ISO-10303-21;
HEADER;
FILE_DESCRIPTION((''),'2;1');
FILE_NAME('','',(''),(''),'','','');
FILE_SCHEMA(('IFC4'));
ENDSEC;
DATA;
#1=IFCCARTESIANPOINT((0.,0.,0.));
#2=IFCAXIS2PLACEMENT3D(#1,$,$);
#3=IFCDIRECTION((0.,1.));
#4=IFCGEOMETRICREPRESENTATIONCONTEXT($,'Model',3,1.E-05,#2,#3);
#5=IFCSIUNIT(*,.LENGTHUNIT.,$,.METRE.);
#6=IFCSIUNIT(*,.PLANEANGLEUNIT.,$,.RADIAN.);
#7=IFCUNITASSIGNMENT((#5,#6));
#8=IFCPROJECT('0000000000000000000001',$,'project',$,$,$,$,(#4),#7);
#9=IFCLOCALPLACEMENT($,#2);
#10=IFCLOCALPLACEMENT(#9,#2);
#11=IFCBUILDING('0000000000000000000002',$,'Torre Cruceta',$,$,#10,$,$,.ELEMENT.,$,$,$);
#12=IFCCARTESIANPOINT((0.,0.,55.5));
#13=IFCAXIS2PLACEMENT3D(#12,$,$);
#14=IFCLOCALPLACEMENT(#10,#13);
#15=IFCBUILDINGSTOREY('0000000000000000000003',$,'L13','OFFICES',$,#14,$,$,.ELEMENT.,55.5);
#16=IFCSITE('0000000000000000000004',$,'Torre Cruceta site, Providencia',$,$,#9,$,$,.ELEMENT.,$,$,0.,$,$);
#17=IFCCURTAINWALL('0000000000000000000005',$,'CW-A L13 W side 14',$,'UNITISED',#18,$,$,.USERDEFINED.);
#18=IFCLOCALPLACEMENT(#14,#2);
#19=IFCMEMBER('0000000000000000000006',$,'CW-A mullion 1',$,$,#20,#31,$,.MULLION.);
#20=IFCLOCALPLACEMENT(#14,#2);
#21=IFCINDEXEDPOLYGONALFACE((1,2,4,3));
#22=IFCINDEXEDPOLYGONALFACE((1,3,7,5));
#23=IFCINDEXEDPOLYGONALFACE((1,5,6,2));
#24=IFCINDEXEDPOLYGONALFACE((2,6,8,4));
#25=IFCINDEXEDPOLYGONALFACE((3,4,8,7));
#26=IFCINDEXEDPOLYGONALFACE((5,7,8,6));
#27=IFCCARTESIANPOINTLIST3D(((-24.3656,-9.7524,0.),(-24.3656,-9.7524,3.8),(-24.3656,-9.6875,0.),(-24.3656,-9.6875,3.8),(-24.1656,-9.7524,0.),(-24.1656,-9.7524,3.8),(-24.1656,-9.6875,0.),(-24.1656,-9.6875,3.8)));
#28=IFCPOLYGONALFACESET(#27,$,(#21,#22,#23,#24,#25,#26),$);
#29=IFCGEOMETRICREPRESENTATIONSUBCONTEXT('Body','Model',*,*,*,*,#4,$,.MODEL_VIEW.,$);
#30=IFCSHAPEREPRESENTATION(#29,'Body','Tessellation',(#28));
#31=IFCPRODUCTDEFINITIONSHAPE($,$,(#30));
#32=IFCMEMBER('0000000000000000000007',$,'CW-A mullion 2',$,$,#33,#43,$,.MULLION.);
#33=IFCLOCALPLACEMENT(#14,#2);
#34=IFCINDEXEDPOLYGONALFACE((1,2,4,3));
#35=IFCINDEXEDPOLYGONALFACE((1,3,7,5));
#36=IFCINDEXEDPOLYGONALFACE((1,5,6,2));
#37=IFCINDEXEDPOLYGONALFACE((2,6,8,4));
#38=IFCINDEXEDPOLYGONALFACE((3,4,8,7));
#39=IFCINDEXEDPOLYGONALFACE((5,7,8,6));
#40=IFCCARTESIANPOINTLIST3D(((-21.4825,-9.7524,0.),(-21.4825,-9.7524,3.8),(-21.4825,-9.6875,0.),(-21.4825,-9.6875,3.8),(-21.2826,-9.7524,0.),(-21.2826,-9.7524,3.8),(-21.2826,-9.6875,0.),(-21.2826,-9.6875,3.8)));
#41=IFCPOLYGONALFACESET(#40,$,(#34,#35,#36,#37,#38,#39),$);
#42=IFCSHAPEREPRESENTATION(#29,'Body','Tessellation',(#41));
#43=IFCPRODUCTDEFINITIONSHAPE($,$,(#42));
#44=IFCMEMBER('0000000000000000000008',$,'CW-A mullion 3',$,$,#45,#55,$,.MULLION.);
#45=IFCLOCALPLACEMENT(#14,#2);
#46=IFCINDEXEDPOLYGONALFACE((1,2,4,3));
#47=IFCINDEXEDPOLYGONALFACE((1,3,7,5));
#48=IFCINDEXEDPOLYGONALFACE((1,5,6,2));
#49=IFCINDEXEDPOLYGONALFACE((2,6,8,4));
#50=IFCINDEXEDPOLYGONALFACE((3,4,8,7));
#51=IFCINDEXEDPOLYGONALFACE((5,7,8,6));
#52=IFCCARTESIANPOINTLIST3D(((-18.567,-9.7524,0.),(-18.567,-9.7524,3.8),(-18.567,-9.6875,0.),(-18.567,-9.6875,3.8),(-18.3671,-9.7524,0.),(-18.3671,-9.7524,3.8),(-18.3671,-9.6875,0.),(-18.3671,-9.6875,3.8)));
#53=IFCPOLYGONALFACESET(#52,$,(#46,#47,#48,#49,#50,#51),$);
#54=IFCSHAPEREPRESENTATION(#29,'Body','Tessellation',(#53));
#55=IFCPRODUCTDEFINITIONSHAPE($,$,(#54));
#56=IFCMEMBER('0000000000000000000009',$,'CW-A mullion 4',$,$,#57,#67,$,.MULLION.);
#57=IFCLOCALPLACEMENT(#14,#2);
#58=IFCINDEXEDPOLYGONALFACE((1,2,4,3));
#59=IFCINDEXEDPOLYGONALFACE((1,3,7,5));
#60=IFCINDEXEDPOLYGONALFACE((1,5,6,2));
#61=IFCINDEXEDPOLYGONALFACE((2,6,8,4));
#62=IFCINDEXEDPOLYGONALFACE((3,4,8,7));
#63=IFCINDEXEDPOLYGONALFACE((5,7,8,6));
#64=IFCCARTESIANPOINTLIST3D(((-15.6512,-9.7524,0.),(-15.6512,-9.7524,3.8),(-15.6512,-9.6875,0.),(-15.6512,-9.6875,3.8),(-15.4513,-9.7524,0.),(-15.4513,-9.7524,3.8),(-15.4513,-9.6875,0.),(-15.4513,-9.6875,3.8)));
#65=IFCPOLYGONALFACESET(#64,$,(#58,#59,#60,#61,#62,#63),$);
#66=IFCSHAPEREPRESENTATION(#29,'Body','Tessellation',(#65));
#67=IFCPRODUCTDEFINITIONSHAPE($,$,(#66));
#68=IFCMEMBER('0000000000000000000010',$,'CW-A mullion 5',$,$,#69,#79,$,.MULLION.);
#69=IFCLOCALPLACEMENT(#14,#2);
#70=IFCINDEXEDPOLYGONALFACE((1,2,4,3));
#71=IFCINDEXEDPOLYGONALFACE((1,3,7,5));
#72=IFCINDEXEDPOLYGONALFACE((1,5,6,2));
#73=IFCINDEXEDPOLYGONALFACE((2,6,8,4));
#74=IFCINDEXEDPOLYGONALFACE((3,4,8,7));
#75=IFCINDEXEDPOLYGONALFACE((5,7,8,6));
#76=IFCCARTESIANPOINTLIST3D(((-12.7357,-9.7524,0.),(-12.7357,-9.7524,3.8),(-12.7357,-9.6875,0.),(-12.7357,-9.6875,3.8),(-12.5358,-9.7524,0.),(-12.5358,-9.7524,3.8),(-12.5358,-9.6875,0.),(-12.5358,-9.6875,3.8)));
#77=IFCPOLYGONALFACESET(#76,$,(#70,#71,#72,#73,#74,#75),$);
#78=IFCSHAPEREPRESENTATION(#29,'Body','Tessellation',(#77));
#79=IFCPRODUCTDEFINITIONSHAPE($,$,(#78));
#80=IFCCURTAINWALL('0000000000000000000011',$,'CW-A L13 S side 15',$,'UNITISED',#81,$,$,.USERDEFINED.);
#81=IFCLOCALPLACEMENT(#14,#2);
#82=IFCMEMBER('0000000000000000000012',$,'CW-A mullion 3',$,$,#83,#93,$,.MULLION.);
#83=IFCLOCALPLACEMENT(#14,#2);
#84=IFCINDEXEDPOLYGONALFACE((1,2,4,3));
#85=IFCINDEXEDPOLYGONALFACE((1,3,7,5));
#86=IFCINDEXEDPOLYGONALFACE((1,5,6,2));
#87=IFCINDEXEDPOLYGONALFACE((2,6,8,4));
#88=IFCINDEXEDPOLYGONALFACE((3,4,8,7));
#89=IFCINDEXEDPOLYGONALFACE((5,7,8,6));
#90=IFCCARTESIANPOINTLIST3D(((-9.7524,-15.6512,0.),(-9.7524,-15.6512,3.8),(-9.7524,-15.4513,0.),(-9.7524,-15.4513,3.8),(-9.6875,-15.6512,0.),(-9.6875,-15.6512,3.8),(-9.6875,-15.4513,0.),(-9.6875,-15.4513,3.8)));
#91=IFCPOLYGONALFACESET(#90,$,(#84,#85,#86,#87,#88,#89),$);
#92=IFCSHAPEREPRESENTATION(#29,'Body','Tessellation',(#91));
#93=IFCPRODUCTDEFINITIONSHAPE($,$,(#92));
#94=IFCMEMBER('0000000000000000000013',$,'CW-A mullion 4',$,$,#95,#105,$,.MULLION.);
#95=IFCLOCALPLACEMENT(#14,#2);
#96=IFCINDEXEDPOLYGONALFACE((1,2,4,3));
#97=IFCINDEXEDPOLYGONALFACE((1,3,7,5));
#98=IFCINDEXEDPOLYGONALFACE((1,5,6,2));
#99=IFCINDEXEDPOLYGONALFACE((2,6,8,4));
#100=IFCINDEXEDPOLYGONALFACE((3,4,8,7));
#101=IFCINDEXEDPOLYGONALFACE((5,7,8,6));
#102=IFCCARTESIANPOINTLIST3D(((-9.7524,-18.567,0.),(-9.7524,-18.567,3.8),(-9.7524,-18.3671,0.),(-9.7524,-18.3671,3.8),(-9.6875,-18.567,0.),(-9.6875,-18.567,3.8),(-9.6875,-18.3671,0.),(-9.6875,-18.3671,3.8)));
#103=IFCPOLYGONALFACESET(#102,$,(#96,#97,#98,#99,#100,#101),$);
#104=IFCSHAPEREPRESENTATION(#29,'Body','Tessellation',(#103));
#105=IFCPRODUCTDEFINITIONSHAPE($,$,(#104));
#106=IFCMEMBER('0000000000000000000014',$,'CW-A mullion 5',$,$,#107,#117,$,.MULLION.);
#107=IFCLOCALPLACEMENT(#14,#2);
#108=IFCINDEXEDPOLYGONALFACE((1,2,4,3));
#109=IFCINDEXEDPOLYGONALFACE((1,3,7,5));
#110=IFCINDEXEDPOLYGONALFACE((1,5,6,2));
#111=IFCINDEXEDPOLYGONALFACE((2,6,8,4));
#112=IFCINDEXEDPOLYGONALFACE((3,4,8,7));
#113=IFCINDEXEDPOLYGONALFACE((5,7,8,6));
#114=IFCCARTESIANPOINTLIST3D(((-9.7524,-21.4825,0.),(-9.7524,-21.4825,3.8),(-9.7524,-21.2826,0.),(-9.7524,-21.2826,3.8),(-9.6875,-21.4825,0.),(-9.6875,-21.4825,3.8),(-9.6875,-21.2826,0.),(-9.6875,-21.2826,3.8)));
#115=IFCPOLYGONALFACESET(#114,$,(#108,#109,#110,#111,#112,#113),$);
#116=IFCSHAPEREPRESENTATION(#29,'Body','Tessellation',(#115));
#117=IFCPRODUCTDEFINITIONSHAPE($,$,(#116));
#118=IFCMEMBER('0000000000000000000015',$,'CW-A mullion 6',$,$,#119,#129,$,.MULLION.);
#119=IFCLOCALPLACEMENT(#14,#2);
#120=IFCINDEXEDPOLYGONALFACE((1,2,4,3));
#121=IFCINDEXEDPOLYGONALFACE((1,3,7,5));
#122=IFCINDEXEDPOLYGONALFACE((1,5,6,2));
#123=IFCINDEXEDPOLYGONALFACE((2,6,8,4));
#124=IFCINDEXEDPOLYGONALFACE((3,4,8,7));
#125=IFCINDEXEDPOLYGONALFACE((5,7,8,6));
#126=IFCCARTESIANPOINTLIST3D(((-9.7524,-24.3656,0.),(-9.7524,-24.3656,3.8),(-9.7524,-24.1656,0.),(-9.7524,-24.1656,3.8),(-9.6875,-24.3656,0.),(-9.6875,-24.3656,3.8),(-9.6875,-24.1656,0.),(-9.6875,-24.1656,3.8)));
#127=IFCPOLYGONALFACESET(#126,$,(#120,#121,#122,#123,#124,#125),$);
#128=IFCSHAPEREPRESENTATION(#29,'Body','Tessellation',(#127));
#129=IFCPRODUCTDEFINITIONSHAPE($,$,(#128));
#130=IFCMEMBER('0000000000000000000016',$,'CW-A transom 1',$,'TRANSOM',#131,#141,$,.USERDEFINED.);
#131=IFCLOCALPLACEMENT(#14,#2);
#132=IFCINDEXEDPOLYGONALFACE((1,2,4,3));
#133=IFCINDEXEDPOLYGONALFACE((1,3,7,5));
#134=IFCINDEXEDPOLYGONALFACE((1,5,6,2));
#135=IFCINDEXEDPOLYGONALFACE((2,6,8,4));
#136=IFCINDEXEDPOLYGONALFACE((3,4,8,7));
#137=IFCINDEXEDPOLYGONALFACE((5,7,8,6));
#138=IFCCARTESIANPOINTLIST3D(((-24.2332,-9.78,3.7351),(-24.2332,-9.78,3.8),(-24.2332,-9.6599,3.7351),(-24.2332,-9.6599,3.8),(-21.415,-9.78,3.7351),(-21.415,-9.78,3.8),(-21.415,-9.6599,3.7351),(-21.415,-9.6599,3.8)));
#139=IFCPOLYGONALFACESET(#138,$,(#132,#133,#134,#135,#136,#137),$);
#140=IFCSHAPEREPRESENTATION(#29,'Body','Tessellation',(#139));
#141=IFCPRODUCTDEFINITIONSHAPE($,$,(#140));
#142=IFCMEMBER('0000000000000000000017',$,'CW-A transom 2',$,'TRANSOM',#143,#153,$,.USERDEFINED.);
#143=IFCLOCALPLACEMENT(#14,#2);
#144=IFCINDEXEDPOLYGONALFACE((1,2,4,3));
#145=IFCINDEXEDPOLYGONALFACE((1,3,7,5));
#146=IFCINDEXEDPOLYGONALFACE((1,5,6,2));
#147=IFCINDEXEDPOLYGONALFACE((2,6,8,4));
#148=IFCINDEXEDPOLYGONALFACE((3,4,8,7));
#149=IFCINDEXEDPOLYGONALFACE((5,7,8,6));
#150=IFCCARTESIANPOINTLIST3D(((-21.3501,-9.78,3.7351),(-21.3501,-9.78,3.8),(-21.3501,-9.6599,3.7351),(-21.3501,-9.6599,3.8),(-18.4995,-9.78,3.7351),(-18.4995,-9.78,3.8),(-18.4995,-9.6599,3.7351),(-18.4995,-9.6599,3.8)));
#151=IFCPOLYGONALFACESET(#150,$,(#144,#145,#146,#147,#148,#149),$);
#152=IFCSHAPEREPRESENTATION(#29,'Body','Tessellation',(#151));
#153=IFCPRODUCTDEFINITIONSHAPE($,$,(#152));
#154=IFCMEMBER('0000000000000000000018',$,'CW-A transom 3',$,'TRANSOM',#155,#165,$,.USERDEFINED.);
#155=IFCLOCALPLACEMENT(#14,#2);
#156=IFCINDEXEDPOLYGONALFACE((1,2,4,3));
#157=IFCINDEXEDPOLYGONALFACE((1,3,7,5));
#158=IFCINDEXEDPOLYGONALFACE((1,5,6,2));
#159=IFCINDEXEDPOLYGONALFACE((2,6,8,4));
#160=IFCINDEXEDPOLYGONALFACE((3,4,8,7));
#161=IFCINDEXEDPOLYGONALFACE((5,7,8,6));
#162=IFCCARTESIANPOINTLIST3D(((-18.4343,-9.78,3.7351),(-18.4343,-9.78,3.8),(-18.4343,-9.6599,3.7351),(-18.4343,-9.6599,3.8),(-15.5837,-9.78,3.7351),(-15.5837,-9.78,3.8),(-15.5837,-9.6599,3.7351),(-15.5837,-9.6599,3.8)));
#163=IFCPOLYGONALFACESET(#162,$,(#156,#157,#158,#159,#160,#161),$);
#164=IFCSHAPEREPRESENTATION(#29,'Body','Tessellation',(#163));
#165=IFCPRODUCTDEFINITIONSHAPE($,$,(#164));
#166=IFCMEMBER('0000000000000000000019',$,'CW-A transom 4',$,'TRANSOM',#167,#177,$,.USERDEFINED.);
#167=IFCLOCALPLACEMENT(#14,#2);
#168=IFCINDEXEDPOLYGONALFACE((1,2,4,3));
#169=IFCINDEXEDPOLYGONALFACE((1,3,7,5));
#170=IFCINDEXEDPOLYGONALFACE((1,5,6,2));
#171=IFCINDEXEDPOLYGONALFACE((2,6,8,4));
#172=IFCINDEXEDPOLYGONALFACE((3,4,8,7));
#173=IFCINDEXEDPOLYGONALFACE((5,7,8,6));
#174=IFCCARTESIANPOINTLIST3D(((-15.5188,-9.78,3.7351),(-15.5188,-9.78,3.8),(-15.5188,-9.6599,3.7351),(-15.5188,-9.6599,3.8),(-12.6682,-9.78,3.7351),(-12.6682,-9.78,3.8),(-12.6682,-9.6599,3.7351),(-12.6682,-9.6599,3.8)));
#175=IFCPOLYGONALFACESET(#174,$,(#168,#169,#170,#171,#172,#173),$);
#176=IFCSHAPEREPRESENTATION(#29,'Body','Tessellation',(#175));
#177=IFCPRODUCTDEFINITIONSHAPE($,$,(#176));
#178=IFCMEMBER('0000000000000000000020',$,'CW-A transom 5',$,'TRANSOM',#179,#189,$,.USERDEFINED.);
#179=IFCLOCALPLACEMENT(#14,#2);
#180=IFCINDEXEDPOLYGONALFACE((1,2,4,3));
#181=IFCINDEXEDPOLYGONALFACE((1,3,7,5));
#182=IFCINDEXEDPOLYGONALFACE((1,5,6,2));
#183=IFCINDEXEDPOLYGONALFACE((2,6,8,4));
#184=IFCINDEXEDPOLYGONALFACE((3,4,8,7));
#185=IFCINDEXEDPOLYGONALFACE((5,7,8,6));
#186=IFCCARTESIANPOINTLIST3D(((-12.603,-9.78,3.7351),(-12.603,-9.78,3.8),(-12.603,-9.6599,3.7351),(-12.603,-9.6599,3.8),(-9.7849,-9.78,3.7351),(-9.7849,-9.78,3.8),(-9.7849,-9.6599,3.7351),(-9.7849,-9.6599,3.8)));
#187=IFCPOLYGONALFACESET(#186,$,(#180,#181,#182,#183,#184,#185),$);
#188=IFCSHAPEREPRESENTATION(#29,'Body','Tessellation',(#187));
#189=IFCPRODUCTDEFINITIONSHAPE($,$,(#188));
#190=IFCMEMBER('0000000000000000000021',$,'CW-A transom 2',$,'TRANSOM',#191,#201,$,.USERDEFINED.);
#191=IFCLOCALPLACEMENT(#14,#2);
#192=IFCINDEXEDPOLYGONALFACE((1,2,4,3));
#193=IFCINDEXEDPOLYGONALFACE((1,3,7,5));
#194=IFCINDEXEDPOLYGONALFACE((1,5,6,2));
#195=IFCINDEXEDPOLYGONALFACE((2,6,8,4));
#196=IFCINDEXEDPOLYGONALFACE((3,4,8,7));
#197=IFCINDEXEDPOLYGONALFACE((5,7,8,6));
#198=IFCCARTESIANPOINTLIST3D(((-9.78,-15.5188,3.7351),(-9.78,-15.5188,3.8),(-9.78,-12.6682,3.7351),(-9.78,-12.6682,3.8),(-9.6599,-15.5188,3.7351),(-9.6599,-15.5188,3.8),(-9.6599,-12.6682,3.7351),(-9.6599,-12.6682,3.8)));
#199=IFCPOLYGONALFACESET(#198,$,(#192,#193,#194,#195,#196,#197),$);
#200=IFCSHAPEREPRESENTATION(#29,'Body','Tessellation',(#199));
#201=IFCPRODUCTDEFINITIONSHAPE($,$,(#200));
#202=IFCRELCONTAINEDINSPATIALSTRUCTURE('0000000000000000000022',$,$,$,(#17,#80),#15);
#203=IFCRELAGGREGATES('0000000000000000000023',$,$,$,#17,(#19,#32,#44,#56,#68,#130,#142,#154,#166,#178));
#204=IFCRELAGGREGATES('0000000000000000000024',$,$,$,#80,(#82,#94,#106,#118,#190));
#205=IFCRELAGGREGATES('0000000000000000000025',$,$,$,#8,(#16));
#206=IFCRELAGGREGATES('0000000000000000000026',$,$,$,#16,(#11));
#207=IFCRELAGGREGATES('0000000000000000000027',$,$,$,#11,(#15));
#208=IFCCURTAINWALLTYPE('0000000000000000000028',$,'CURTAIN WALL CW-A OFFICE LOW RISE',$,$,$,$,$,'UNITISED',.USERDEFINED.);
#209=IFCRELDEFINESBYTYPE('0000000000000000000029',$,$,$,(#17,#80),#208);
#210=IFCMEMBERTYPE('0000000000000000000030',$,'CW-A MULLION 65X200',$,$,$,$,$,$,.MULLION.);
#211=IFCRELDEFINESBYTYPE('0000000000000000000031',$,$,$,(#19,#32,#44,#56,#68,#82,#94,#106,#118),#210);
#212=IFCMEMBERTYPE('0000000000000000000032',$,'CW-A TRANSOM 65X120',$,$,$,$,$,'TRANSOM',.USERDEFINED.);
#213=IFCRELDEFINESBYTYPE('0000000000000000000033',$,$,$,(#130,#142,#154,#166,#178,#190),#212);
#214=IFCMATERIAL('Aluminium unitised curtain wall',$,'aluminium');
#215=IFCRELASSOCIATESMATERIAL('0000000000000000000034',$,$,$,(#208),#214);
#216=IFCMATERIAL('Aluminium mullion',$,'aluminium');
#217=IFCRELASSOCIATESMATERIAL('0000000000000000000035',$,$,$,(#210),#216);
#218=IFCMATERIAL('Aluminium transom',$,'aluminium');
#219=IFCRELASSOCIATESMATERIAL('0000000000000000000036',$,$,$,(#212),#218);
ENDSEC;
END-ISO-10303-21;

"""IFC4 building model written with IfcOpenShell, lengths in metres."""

from ifc_helpers import new_model, si_unit, direction, frame, origin, origin_2d, place, context, subcontext, project, spatial, rectangle, extrude, material, material_profile, profile_set, type_object, element, aggregate, save


model = new_model("IFC4")

# Units and contexts
model_context = context("Model", 3, precision=1e-05, world=origin(), true_north=direction((0.0, 1.0)))
body_context = subcontext(model_context, "Body", "Model", "MODEL_VIEW")
ifc_project = project(units=[si_unit("LENGTHUNIT", "METRE"), si_unit("PLANEANGLEUNIT", "RADIAN")], contexts=[model_context])

# Site, building, storey
site_placement = place(None, origin())
site = spatial("IfcSite", under=ifc_project, at=site_placement, Name="Torre Cruceta site, Providencia", CompositionType="ELEMENT", RefElevation=0.0)
building_placement = place(site_placement, origin())
building = spatial("IfcBuilding", under=site, at=building_placement, Name="Torre Cruceta", CompositionType="ELEMENT")
storey_placement = place(building_placement, frame((0.0, 0.0, 55.5)))
storey = spatial("IfcBuildingStorey", under=building, at=storey_placement, Name="L13", Description="OFFICES", CompositionType="ELEMENT", Elevation=55.5)

# Curtain walls, members
ifc_material_1 = material(Name="Aluminium unitised curtain wall", Category="aluminium")
curtain_wall_type = type_object("IfcCurtainWallType", Name="CURTAIN WALL CW-A OFFICE LOW RISE", ElementType="UNITISED", PredefinedType="USERDEFINED", material=ifc_material_1)
curtain_wall_1_placement = place(storey_placement, origin())
curtain_wall_1 = element("IfcCurtainWall", 1, at=curtain_wall_1_placement, inside=storey, type_object=curtain_wall_type, Name="CW-A L13 W side 14", ObjectType="UNITISED", PredefinedType="USERDEFINED")
ifc_material_2 = material(Name="Aluminium mullion", Category="aluminium")
ifc_material_profile_1 = material_profile(ifc_material_2, rectangle(XDim=0.0649, YDim=0.2, at=origin_2d()), Name="AL 65X200")
ifc_profile_set_1 = profile_set([ifc_material_profile_1], Name="Aluminium mullion")
member_type_1 = type_object("IfcMemberType", Name="CW-A MULLION 65X200", PredefinedType="MULLION", material=ifc_profile_set_1)
member_1_placement = place(storey_placement, frame((-24.2656, -9.72, 0.0), z_axis=(0.0, 0.0, 1.0), x_axis=(0.0, 1.0, 0.0)))
member_1 = element("IfcMember", 2, at=member_1_placement, type_object=member_type_1, Name="CW-A mullion 1", PredefinedType="MULLION", context=body_context, shape_type="SweptSolid", body=[
    extrude(rectangle(XDim=0.0649, YDim=0.2, at=origin_2d()), origin(), (0.0, 0.0, 1.0), 3.8),
])
member_2_placement = place(storey_placement, frame((-21.3826, -9.72, 0.0), z_axis=(0.0, 0.0, 1.0), x_axis=(0.0, 1.0, 0.0)))
member_2 = element("IfcMember", 3, at=member_2_placement, type_object=member_type_1, Name="CW-A mullion 2", PredefinedType="MULLION", context=body_context, shape_type="SweptSolid", body=[
    extrude(rectangle(XDim=0.0649, YDim=0.2, at=origin_2d()), origin(), (0.0, 0.0, 1.0), 3.8),
])
member_3_placement = place(storey_placement, frame((-18.467, -9.72, 0.0), z_axis=(0.0, 0.0, 1.0), x_axis=(0.0, 1.0, 0.0)))
member_3 = element("IfcMember", 4, at=member_3_placement, type_object=member_type_1, Name="CW-A mullion 3", PredefinedType="MULLION", context=body_context, shape_type="SweptSolid", body=[
    extrude(rectangle(XDim=0.0649, YDim=0.2, at=origin_2d()), origin(), (0.0, 0.0, 1.0), 3.8),
])
member_4_placement = place(storey_placement, frame((-15.5513, -9.72, 0.0), z_axis=(0.0, 0.0, 1.0), x_axis=(0.0, 1.0, 0.0)))
member_4 = element("IfcMember", 5, at=member_4_placement, type_object=member_type_1, Name="CW-A mullion 4", PredefinedType="MULLION", context=body_context, shape_type="SweptSolid", body=[
    extrude(rectangle(XDim=0.0649, YDim=0.2, at=origin_2d()), origin(), (0.0, 0.0, 1.0), 3.8),
])
member_5_placement = place(storey_placement, frame((-12.6357, -9.72, 0.0), z_axis=(0.0, 0.0, 1.0), x_axis=(0.0, 1.0, 0.0)))
member_5 = element("IfcMember", 6, at=member_5_placement, type_object=member_type_1, Name="CW-A mullion 5", PredefinedType="MULLION", context=body_context, shape_type="SweptSolid", body=[
    extrude(rectangle(XDim=0.0649, YDim=0.2, at=origin_2d()), origin(), (0.0, 0.0, 1.0), 3.8),
])
curtain_wall_2_placement = place(storey_placement, origin())
curtain_wall_2 = element("IfcCurtainWall", 7, at=curtain_wall_2_placement, inside=storey, type_object=curtain_wall_type, Name="CW-A L13 S side 15", ObjectType="UNITISED", PredefinedType="USERDEFINED")
member_6_placement = place(storey_placement, frame((-9.72, -15.5513, 0.0), z_axis=(0.0, 0.0, 1.0), x_axis=(1.0, 0.0, 0.0)))
member_6 = element("IfcMember", 8, at=member_6_placement, type_object=member_type_1, Name="CW-A mullion 3", PredefinedType="MULLION", context=body_context, shape_type="SweptSolid", body=[
    extrude(rectangle(XDim=0.0649, YDim=0.2, at=origin_2d()), origin(), (0.0, 0.0, 1.0), 3.8),
])
member_7_placement = place(storey_placement, frame((-9.72, -18.467, 0.0), z_axis=(0.0, 0.0, 1.0), x_axis=(1.0, 0.0, 0.0)))
member_7 = element("IfcMember", 9, at=member_7_placement, type_object=member_type_1, Name="CW-A mullion 4", PredefinedType="MULLION", context=body_context, shape_type="SweptSolid", body=[
    extrude(rectangle(XDim=0.0649, YDim=0.2, at=origin_2d()), origin(), (0.0, 0.0, 1.0), 3.8),
])
member_8_placement = place(storey_placement, frame((-9.72, -21.3826, 0.0), z_axis=(0.0, 0.0, 1.0), x_axis=(1.0, 0.0, 0.0)))
member_8 = element("IfcMember", 10, at=member_8_placement, type_object=member_type_1, Name="CW-A mullion 5", PredefinedType="MULLION", context=body_context, shape_type="SweptSolid", body=[
    extrude(rectangle(XDim=0.0649, YDim=0.2, at=origin_2d()), origin(), (0.0, 0.0, 1.0), 3.8),
])
member_9_placement = place(storey_placement, frame((-9.72, -24.2656, 0.0), z_axis=(0.0, 0.0, 1.0), x_axis=(1.0, 0.0, 0.0)))
member_9 = element("IfcMember", 11, at=member_9_placement, type_object=member_type_1, Name="CW-A mullion 6", PredefinedType="MULLION", context=body_context, shape_type="SweptSolid", body=[
    extrude(rectangle(XDim=0.0649, YDim=0.2, at=origin_2d()), origin(), (0.0, 0.0, 1.0), 3.8),
])

# Members
ifc_material_3 = material(Name="Aluminium transom", Category="aluminium")
ifc_material_profile_2 = material_profile(ifc_material_3, rectangle(XDim=0.1201, YDim=0.0649, at=origin_2d()), Name="AL 120X65")
ifc_profile_set_2 = profile_set([ifc_material_profile_2], Name="Aluminium transom")
member_type_2 = type_object("IfcMemberType", Name="CW-A TRANSOM 65X120", ElementType="TRANSOM", PredefinedType="USERDEFINED", material=ifc_profile_set_2)
member_10_placement = place(storey_placement, frame((-24.2332, -9.72, 3.7676), z_axis=(1.0, 0.0, 0.0), x_axis=(0.0, 1.0, 0.0)))
member_10 = element("IfcMember", 12, at=member_10_placement, type_object=member_type_2, Name="CW-A transom 1", ObjectType="TRANSOM", PredefinedType="USERDEFINED", context=body_context, shape_type="SweptSolid", body=[
    extrude(rectangle(XDim=0.1201, YDim=0.0649, at=origin_2d()), origin(), (0.0, 0.0, 1.0), 2.8181),
])
member_11_placement = place(storey_placement, frame((-21.3501, -9.72, 3.7676), z_axis=(1.0, 0.0, 0.0), x_axis=(0.0, 1.0, 0.0)))
member_11 = element("IfcMember", 13, at=member_11_placement, type_object=member_type_2, Name="CW-A transom 2", ObjectType="TRANSOM", PredefinedType="USERDEFINED", context=body_context, shape_type="SweptSolid", body=[
    extrude(rectangle(XDim=0.1201, YDim=0.0649, at=origin_2d()), origin(), (0.0, 0.0, 1.0), 2.8506),
])
member_12_placement = place(storey_placement, frame((-18.4343, -9.72, 3.7676), z_axis=(1.0, 0.0, 0.0), x_axis=(0.0, 1.0, 0.0)))
member_12 = element("IfcMember", 14, at=member_12_placement, type_object=member_type_2, Name="CW-A transom 3", ObjectType="TRANSOM", PredefinedType="USERDEFINED", context=body_context, shape_type="SweptSolid", body=[
    extrude(rectangle(XDim=0.1201, YDim=0.0649, at=origin_2d()), origin(), (0.0, 0.0, 1.0), 2.8506),
])
member_13_placement = place(storey_placement, frame((-15.5188, -9.72, 3.7676), z_axis=(1.0, 0.0, 0.0), x_axis=(0.0, 1.0, 0.0)))
member_13 = element("IfcMember", 15, at=member_13_placement, type_object=member_type_2, Name="CW-A transom 4", ObjectType="TRANSOM", PredefinedType="USERDEFINED", context=body_context, shape_type="SweptSolid", body=[
    extrude(rectangle(XDim=0.1201, YDim=0.0649, at=origin_2d()), origin(), (0.0, 0.0, 1.0), 2.8506),
])
member_14_placement = place(storey_placement, frame((-12.603, -9.72, 3.7676), z_axis=(1.0, 0.0, 0.0), x_axis=(0.0, 1.0, 0.0)))
member_14 = element("IfcMember", 16, at=member_14_placement, type_object=member_type_2, Name="CW-A transom 5", ObjectType="TRANSOM", PredefinedType="USERDEFINED", context=body_context, shape_type="SweptSolid", body=[
    extrude(rectangle(XDim=0.1201, YDim=0.0649, at=origin_2d()), origin(), (0.0, 0.0, 1.0), 2.8181),
])
member_15_placement = place(storey_placement, frame((-9.72, -12.6682, 3.7676), z_axis=(0.0, -1.0, 0.0), x_axis=(1.0, 0.0, 0.0)))
member_15 = element("IfcMember", 17, at=member_15_placement, type_object=member_type_2, Name="CW-A transom 2", ObjectType="TRANSOM", PredefinedType="USERDEFINED", context=body_context, shape_type="SweptSolid", body=[
    extrude(rectangle(XDim=0.1201, YDim=0.0649, at=origin_2d()), origin(), (0.0, 0.0, 1.0), 2.8506),
])

aggregate(curtain_wall_1, [member_1, member_2, member_3, member_4, member_5, member_10, member_11, member_12, member_13, member_14])
aggregate(curtain_wall_2, [member_6, member_7, member_8, member_9, member_15])

save(model, "model.ifc")
